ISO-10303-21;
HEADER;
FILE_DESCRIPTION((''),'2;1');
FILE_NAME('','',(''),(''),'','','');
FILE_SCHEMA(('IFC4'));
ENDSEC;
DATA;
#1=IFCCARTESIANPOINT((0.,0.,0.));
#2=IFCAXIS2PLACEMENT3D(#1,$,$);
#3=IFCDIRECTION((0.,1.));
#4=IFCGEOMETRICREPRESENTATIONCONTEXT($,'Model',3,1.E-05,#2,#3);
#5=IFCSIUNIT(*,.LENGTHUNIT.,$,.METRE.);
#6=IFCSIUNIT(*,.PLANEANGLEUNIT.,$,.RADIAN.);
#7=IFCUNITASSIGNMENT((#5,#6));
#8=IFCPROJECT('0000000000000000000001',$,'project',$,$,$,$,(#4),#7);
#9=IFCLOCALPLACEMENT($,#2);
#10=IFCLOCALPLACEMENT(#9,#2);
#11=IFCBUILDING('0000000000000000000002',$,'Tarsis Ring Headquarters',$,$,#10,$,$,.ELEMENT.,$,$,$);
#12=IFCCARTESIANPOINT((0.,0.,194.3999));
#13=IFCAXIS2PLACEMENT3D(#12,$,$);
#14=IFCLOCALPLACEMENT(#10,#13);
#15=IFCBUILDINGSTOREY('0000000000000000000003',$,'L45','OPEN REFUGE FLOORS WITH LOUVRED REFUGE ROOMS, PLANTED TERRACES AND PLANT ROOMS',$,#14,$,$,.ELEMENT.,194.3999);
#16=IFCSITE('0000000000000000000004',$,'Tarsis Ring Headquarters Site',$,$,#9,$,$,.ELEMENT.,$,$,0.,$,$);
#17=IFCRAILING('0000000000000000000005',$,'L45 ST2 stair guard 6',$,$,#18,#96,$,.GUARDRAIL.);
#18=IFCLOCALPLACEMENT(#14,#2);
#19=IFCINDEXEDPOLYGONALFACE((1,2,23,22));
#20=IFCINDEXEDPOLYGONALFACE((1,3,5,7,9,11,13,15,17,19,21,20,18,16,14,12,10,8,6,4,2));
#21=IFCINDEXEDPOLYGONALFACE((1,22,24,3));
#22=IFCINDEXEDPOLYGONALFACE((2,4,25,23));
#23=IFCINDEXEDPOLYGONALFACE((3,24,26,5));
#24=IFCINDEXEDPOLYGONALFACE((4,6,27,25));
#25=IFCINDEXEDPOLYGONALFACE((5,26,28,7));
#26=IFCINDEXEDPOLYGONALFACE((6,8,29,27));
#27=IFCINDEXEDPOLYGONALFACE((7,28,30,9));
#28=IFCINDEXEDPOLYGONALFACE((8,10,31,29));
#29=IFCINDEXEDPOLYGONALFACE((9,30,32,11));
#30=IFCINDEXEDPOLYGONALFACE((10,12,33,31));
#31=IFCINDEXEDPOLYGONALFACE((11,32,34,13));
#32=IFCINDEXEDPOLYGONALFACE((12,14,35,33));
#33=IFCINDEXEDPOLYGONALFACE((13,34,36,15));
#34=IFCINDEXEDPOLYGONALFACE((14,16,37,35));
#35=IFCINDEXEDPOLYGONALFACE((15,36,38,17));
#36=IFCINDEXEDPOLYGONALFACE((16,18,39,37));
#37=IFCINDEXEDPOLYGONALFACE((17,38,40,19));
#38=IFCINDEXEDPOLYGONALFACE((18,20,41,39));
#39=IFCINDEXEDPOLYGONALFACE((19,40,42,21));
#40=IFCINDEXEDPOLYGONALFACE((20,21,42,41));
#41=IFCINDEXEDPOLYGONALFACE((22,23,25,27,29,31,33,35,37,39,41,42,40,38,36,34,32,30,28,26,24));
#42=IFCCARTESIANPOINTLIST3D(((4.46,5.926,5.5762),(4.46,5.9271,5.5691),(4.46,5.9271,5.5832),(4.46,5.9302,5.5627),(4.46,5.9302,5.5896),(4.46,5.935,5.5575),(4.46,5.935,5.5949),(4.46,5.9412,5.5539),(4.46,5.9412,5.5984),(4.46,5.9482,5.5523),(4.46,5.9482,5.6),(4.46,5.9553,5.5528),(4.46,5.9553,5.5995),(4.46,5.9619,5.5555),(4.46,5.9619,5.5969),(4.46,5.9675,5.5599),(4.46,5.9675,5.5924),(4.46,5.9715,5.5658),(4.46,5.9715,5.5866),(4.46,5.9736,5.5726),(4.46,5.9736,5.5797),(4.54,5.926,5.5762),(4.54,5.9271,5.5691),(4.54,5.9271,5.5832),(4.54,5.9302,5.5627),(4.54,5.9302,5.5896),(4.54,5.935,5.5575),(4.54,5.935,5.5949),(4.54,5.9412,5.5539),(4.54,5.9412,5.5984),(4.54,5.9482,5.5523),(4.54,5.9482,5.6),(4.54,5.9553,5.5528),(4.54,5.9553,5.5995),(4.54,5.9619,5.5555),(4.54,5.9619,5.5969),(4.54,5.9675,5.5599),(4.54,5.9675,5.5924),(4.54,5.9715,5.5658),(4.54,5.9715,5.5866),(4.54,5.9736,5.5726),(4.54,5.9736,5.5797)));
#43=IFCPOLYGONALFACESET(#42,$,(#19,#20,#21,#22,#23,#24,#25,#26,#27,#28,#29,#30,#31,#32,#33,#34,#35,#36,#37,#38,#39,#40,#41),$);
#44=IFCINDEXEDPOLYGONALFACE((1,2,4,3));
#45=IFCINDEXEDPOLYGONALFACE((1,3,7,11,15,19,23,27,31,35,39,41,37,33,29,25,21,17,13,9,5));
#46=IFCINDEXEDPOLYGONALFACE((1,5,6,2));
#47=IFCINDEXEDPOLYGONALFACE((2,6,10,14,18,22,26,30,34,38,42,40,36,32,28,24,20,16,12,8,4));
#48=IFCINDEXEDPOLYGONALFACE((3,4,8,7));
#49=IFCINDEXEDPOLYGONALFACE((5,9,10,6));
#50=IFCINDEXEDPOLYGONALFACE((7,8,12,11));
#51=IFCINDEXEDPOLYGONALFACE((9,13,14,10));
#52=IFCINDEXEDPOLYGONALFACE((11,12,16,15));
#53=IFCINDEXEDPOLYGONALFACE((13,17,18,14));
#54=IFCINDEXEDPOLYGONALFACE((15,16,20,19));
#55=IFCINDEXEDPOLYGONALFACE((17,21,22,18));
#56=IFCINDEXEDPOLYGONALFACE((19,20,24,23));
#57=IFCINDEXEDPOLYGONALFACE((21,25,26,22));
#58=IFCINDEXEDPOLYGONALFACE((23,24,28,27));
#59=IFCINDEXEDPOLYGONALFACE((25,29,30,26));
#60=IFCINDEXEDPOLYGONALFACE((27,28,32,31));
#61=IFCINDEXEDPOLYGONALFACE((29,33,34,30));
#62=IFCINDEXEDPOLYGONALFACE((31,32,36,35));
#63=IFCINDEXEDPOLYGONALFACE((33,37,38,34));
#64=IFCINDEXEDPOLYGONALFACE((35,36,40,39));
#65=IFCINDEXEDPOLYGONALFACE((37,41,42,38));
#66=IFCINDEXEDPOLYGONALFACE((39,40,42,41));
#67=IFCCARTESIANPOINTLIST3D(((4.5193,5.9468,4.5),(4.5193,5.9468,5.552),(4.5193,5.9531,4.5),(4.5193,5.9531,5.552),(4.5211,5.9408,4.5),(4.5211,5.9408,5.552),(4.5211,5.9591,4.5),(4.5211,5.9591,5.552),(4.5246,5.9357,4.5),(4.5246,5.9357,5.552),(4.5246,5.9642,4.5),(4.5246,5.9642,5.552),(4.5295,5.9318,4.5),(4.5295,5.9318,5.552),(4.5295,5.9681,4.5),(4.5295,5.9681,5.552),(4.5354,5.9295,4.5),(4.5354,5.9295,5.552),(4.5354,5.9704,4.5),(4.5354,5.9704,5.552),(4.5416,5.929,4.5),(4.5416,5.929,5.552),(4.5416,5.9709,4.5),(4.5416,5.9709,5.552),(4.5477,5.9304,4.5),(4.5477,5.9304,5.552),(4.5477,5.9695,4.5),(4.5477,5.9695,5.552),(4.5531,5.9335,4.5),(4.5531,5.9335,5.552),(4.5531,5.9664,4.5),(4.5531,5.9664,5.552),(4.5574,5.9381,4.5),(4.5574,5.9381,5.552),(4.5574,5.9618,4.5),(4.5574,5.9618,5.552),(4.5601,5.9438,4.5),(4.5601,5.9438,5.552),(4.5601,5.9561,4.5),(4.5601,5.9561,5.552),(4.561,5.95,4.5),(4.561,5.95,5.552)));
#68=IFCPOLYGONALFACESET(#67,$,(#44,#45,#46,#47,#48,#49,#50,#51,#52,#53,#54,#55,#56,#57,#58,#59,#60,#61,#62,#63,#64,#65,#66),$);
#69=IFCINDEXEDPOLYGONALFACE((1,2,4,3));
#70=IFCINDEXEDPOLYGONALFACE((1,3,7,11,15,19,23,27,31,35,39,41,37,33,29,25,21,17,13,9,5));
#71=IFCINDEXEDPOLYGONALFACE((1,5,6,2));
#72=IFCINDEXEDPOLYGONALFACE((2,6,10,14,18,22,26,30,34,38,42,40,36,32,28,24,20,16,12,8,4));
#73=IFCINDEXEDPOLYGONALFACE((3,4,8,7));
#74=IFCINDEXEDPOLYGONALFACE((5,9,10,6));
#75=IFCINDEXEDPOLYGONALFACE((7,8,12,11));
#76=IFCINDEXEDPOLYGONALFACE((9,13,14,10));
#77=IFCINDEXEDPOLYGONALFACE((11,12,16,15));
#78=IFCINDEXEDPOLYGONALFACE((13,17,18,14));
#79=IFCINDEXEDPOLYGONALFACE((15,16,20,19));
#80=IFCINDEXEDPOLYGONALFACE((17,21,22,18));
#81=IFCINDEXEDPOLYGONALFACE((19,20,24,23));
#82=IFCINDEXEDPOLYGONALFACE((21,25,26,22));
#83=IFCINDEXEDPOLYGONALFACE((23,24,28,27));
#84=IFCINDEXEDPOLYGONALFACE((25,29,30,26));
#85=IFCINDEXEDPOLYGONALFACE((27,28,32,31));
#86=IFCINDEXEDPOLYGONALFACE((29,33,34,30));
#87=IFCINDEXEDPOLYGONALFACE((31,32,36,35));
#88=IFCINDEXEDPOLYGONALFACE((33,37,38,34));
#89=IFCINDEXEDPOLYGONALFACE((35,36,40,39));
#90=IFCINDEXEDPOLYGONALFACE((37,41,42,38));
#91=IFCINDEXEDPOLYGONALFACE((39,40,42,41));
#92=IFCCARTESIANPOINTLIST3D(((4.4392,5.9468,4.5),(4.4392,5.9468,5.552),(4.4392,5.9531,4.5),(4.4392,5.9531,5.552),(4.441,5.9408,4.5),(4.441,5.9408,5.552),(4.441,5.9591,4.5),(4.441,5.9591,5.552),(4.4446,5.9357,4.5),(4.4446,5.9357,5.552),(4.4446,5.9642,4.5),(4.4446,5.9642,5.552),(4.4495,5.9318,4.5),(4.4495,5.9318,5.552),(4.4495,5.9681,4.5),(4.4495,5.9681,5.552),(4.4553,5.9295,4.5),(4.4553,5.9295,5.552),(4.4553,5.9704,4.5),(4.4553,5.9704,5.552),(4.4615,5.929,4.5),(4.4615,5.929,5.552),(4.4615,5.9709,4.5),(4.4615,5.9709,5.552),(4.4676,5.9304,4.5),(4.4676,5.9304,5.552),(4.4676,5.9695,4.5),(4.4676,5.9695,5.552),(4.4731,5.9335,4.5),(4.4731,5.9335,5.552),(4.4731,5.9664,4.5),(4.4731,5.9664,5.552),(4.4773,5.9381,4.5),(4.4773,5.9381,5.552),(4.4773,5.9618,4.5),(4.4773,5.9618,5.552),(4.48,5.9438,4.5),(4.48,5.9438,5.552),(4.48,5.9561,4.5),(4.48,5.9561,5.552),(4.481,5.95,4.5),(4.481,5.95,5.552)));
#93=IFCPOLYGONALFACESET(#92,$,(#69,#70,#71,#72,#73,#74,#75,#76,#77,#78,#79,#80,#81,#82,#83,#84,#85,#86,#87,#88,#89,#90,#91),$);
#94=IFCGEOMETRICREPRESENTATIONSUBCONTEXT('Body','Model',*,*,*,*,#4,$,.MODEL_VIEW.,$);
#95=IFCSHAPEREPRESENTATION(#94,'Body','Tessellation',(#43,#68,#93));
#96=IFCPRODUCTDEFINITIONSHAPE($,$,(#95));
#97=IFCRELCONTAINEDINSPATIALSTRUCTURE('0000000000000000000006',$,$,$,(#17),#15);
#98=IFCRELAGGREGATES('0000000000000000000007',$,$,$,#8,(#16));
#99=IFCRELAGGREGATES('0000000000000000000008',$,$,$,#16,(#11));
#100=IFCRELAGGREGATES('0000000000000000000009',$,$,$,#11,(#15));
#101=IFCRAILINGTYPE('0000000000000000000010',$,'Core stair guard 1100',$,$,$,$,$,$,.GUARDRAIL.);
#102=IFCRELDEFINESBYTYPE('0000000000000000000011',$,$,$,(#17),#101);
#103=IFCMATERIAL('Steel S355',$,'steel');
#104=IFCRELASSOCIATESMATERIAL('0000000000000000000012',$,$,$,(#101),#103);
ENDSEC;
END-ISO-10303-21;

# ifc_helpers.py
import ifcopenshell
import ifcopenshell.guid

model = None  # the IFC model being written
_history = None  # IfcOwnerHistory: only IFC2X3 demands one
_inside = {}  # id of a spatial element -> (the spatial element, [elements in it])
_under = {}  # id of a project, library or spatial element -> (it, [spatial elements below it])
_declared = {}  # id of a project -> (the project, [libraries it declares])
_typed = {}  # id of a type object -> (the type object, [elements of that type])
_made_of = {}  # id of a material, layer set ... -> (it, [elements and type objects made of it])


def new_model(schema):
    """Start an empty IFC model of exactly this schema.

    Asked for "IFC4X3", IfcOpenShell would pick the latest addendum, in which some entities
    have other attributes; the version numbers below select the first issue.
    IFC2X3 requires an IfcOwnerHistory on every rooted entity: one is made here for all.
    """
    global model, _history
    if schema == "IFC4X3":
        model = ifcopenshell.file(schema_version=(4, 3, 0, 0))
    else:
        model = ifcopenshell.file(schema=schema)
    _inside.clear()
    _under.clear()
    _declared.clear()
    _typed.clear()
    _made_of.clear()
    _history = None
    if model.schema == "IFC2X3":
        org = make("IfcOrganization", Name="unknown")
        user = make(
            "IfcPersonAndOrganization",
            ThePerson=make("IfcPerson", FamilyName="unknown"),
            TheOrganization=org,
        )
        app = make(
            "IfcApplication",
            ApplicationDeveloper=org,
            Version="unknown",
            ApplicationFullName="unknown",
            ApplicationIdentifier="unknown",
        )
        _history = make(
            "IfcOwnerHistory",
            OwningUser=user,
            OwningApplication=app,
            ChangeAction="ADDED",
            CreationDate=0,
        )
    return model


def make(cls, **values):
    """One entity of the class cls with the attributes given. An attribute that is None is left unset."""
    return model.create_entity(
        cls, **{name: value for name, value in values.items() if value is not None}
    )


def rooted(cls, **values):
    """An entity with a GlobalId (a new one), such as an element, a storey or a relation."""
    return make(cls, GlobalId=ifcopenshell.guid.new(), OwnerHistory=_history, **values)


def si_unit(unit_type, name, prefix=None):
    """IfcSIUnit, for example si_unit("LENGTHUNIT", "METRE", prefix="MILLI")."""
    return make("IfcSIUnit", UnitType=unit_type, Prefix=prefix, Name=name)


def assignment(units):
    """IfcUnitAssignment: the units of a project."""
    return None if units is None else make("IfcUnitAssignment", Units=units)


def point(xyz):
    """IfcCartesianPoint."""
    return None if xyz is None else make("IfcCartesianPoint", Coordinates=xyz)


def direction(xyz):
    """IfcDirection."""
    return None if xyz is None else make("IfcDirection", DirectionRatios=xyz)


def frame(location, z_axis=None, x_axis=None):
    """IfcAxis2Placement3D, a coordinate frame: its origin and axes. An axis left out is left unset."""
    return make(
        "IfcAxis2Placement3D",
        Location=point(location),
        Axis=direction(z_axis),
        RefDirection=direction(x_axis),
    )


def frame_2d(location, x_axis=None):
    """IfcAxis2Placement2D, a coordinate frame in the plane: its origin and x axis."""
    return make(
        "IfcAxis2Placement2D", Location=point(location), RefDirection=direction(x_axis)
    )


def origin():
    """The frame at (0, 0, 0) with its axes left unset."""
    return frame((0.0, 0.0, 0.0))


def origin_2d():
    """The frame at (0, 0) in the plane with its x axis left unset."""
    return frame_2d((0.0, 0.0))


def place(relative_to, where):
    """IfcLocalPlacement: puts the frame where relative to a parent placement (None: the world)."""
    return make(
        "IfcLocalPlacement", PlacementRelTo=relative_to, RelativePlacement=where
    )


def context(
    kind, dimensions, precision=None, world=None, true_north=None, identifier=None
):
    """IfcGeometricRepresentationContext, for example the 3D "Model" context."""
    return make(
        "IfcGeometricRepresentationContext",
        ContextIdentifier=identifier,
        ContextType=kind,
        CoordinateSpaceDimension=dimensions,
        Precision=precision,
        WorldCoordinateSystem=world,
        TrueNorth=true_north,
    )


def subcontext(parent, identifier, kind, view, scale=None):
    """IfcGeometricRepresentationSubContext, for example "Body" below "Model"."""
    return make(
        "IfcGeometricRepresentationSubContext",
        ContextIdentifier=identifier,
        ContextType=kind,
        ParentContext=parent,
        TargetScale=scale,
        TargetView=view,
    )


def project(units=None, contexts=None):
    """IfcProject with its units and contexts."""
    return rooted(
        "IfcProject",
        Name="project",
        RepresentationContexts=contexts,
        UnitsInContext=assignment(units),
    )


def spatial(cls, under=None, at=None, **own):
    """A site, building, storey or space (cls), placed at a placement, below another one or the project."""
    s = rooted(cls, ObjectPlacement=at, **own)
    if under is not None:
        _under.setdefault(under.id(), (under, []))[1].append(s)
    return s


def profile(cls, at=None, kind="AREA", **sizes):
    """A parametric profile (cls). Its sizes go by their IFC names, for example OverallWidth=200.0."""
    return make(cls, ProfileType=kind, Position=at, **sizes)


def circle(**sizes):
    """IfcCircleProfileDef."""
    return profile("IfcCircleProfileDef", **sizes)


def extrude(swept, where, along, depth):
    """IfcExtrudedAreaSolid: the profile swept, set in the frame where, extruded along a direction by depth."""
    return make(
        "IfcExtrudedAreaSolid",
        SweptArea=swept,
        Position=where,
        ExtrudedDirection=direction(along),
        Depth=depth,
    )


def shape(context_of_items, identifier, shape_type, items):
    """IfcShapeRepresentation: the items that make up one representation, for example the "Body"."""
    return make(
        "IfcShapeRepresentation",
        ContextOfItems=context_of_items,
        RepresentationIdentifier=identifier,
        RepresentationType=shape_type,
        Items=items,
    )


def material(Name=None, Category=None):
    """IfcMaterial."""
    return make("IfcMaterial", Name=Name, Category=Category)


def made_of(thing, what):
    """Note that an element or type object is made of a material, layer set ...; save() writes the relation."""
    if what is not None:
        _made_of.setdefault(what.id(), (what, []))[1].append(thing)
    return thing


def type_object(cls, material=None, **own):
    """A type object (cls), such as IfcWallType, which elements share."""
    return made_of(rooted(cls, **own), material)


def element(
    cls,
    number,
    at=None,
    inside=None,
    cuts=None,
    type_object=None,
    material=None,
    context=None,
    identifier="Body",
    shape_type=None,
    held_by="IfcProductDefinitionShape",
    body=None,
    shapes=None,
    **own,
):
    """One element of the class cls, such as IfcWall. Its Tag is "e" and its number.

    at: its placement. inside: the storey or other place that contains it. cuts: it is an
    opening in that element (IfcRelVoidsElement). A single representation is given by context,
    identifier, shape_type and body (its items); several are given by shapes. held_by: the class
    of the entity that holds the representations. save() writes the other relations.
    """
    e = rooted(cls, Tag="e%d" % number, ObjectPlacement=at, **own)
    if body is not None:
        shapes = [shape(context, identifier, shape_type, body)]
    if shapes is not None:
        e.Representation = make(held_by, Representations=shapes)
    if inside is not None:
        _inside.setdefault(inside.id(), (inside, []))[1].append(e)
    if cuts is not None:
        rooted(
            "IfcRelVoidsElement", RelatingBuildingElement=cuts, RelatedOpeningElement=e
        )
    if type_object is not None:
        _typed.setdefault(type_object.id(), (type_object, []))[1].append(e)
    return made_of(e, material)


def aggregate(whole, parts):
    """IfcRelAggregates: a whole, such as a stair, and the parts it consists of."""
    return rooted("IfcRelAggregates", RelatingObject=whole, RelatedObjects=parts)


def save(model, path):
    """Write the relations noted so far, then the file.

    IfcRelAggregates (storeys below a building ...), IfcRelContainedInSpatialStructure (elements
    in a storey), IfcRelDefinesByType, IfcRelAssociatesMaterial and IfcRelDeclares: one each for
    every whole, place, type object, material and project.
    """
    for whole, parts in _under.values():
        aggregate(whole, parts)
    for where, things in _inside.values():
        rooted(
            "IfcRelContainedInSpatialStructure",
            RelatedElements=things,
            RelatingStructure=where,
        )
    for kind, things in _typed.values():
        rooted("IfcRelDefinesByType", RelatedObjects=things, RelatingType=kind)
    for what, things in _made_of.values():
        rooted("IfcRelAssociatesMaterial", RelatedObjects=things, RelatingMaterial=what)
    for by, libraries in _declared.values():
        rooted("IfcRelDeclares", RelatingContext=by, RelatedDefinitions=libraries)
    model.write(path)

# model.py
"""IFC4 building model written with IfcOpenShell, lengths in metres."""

from ifc_helpers import new_model, si_unit, direction, frame, origin, origin_2d, place, context, subcontext, project, spatial, circle, extrude, material, type_object, element, save


model = new_model("IFC4")

# Units and contexts
model_context = context("Model", 3, precision=1e-05, world=origin(), true_north=direction((0.0, 1.0)))
body_context = subcontext(model_context, "Body", "Model", "MODEL_VIEW")
ifc_project = project(units=[si_unit("LENGTHUNIT", "METRE"), si_unit("PLANEANGLEUNIT", "RADIAN")], contexts=[model_context])

# Site, building, storey
site_placement = place(None, origin())
site = spatial("IfcSite", under=ifc_project, at=site_placement, Name="Tarsis Ring Headquarters Site", CompositionType="ELEMENT", RefElevation=0.0)
building_placement = place(site_placement, origin())
building = spatial("IfcBuilding", under=site, at=building_placement, Name="Tarsis Ring Headquarters", CompositionType="ELEMENT")
storey_placement = place(building_placement, frame((0.0, 0.0, 194.3999)))
storey = spatial("IfcBuildingStorey", under=building, at=storey_placement, Name="L45", Description="OPEN REFUGE FLOORS WITH LOUVRED REFUGE ROOMS, PLANTED TERRACES AND PLANT ROOMS", CompositionType="ELEMENT", Elevation=194.3999)

# Railing
ifc_material_1 = material(Name="Steel S355", Category="steel")
railing_type_1 = type_object("IfcRailingType", Name="Core stair guard 1100", PredefinedType="GUARDRAIL", material=ifc_material_1)
for number, where, name in (
    (1, (4.54, 5.95, 4.5), "L45 ST2 stair guard 6"),
):
    element("IfcRailing", number, at=place(storey_placement, frame(where)), inside=storey, type_object=railing_type_1, Name=name, PredefinedType="GUARDRAIL", context=body_context, shape_type="SweptSolid", body=[
        extrude(circle(Radius=0.0239, at=origin_2d()), frame((0.0, 0.0, 1.0762), z_axis=(-1.0, 0.0, 0.0), x_axis=(0.0, -1.0, 0.0)), (0.0, 0.0, 1.0), 0.0801),
        extrude(circle(Radius=0.021, at=origin_2d()), origin(), (0.0, 0.0, 1.0), 1.052),
        extrude(circle(Radius=0.021, at=origin_2d()), frame((-0.0801, 0.0, 0.0)), (0.0, 0.0, 1.0), 1.052),
    ])

save(model, "model.ifc")
